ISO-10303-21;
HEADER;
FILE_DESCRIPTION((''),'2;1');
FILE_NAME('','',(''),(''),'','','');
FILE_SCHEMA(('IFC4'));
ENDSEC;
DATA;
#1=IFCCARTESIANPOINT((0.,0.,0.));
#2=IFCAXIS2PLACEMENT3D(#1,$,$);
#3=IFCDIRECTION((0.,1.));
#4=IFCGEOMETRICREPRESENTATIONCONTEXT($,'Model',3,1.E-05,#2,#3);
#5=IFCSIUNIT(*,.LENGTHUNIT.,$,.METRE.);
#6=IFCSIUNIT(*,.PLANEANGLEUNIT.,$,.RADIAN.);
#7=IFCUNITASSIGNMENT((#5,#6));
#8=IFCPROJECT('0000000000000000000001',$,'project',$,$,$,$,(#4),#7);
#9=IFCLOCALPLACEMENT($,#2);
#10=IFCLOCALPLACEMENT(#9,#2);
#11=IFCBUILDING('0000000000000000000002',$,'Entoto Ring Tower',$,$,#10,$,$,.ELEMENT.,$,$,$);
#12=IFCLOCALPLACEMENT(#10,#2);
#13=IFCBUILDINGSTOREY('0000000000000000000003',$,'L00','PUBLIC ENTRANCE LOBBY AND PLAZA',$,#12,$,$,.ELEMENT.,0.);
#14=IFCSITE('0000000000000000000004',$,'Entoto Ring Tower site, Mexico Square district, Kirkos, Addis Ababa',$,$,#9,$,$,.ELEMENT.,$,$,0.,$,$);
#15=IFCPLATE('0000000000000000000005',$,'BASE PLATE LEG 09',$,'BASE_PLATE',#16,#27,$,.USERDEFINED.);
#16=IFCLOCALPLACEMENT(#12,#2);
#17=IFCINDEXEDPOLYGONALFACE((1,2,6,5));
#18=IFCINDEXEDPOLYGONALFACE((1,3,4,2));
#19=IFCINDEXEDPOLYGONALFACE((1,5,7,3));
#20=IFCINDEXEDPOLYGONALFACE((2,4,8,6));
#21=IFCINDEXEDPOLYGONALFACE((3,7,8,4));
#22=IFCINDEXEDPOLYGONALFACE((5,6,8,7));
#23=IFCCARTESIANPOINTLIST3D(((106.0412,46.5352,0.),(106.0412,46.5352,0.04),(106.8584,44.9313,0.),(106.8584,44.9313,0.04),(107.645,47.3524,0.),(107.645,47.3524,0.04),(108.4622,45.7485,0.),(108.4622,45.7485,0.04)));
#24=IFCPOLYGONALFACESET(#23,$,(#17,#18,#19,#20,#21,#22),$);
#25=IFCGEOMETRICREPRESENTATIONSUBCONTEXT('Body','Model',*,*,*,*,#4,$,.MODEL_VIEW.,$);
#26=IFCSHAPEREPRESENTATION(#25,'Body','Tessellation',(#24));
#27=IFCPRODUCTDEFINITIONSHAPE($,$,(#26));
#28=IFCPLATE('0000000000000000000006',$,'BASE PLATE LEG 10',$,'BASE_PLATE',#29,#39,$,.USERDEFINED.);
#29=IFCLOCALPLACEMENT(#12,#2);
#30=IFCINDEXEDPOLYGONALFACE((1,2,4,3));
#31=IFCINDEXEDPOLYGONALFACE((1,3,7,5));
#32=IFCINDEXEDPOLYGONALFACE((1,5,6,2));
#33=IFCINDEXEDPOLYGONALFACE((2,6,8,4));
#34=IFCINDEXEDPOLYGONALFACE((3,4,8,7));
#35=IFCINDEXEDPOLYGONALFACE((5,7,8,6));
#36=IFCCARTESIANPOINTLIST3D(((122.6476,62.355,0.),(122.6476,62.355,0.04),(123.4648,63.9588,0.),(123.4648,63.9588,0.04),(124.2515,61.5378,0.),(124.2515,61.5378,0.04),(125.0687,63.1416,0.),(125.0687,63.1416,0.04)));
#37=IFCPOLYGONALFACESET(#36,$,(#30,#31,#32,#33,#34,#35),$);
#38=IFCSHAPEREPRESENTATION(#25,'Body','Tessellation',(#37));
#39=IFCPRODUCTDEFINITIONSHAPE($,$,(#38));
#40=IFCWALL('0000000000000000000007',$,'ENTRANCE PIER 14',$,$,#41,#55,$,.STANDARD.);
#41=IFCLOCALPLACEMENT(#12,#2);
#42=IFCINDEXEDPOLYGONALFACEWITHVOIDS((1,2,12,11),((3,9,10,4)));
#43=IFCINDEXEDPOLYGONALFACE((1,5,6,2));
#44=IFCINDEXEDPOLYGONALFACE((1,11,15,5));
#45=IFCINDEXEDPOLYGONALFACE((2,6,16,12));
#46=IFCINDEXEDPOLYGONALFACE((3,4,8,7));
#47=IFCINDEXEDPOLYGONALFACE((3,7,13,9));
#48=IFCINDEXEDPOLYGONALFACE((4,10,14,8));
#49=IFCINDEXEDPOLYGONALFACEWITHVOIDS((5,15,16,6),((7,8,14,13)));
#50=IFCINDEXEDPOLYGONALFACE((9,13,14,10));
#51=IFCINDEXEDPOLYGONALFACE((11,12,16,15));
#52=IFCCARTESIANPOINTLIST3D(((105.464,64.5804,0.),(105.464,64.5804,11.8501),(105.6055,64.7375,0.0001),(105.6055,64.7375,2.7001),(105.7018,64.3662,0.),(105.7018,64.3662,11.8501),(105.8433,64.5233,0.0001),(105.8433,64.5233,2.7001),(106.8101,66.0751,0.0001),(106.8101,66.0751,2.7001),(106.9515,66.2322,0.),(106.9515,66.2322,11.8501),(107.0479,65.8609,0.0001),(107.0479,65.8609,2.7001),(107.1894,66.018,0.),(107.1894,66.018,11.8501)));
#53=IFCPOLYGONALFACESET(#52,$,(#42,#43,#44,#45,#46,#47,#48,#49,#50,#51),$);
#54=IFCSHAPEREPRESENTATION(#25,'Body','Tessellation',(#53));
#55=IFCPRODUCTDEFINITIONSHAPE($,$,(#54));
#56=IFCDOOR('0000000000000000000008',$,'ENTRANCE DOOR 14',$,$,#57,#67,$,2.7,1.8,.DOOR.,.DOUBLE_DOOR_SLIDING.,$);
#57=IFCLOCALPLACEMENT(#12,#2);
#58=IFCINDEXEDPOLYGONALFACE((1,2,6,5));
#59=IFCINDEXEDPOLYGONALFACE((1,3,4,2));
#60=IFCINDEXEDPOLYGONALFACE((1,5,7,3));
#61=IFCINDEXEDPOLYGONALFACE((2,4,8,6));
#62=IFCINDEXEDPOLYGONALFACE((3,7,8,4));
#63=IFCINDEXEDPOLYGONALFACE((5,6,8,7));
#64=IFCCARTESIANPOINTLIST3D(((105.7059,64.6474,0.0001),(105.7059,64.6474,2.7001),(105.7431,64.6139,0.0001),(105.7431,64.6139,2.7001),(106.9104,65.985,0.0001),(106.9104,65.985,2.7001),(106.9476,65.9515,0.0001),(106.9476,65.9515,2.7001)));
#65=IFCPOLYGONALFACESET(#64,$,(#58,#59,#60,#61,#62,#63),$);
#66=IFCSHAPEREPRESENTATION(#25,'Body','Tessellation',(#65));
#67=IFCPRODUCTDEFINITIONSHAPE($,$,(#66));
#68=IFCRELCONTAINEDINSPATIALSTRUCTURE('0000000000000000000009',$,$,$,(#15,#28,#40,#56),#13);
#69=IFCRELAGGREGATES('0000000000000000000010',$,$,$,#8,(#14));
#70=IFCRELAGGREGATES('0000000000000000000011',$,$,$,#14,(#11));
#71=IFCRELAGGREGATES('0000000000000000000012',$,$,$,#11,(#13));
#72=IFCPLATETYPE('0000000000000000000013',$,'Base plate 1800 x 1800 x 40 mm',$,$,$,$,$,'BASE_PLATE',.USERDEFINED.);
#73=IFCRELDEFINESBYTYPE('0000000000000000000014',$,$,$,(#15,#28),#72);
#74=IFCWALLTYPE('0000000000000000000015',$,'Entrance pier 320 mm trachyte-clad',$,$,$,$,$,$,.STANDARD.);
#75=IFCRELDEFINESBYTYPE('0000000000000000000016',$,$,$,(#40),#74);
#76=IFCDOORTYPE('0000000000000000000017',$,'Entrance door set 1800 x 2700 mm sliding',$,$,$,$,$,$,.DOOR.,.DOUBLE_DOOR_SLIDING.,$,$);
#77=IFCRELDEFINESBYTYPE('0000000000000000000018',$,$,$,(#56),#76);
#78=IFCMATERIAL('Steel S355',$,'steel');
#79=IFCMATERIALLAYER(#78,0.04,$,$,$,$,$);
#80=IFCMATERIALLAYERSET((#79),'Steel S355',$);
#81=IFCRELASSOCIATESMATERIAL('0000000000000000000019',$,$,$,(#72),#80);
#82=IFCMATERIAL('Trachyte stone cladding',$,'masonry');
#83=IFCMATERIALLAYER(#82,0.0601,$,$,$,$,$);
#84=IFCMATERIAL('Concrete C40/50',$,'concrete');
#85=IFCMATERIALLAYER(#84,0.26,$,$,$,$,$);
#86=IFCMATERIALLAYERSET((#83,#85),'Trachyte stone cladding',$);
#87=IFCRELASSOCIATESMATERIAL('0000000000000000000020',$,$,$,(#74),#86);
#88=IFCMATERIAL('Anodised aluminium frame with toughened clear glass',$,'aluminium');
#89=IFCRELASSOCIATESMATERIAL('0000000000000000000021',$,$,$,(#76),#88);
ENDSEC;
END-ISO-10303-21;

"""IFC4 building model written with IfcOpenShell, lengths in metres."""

from ifc_helpers import new_model, si_unit, direction, frame, frame_2d, origin, origin_2d, place, context, subcontext, project, spatial, rectangle, extrude, material, layer, layer_set, type_object, element, fill, save


model = new_model("IFC4")

# Units and contexts
model_context = context("Model", 3, precision=1e-05, world=origin(), true_north=direction((0.0, 1.0)))
body_context = subcontext(model_context, "Body", "Model", "MODEL_VIEW")
ifc_project = project(units=[si_unit("LENGTHUNIT", "METRE"), si_unit("PLANEANGLEUNIT", "RADIAN")], contexts=[model_context])

# Site, building, storey
site_placement = place(None, origin())
site = spatial("IfcSite", under=ifc_project, at=site_placement, Name="Entoto Ring Tower site, Mexico Square district, Kirkos, Addis Ababa", CompositionType="ELEMENT", RefElevation=0.0)
building_placement = place(site_placement, origin())
building = spatial("IfcBuilding", under=site, at=building_placement, Name="Entoto Ring Tower", CompositionType="ELEMENT")
storey_placement = place(building_placement, origin())
storey = spatial("IfcBuildingStorey", under=building, at=storey_placement, Name="L00", Description="PUBLIC ENTRANCE LOBBY AND PLAZA", CompositionType="ELEMENT", Elevation=0.0)

# Plates
ifc_material_1 = material(Name="Steel S355", Category="steel")
ifc_layer_1 = layer(ifc_material_1, 0.04)
ifc_layer_set_1 = layer_set([ifc_layer_1], Name="Steel S355")
plate_type = type_object("IfcPlateType", Name="Base plate 1800 x 1800 x 40 mm", ElementType="BASE_PLATE", PredefinedType="USERDEFINED", material=ifc_layer_set_1)
for number, where, z_axis, x_axis, name in (
    (1, (107.2517, 46.1418, 0.0), (0.0, 0.0, 1.0), (0.45399, -0.891007, 0.0), "BASE PLATE LEG 09"),
    (2, (123.8582, 62.7483, 0.0), (0.0, 0.0, 1.0), (0.891007, -0.45399, 0.0), "BASE PLATE LEG 10"),
):
    element("IfcPlate", number, at=place(storey_placement, frame(where, z_axis=z_axis, x_axis=x_axis)), inside=storey, type_object=plate_type, Name=name, ObjectType="BASE_PLATE", PredefinedType="USERDEFINED", context=body_context, shape_type="SweptSolid", body=[
        extrude(rectangle(XDim=1.8, YDim=1.8, at=origin_2d()), origin(), (0.0, 0.0, 1.0), 0.04),
    ])

# Wall, opening, door
ifc_material_2 = material(Name="Trachyte stone cladding", Category="masonry")
ifc_layer_2 = layer(ifc_material_2, 0.0601)
ifc_material_3 = material(Name="Concrete C40/50", Category="concrete")
ifc_layer_3 = layer(ifc_material_3, 0.26)
ifc_layer_set_2 = layer_set([ifc_layer_2, ifc_layer_3], Name="Trachyte stone cladding")
wall_type = type_object("IfcWallType", Name="Entrance pier 320 mm trachyte-clad", PredefinedType="STANDARD", material=ifc_layer_set_2)
wall_placement = place(storey_placement, frame((105.583, 64.4734, 0.0), z_axis=(0.0, 0.0, 1.0), x_axis=(0.669183, 0.743098, 0.0)))
wall = element("IfcWall", 3, at=wall_placement, inside=storey, type_object=wall_type, Name="ENTRANCE PIER 14", PredefinedType="STANDARD", context=body_context, shape_type="SweptSolid", body=[
    extrude(rectangle(XDim=2.2229, YDim=0.3201, at=frame_2d((1.1113, 0.0))), origin(), (0.0, 0.0, 1.0), 11.8501),
])
opening_placement = place(wall_placement, frame((0.2114, 0.0, 0.0)))
opening = element("IfcOpeningElement", 4, at=opening_placement, cuts=wall, PredefinedType="OPENING", context=body_context, shape_type="SweptSolid", body=[
    extrude(rectangle(XDim=1.8, YDim=2.7, at=frame_2d((0.8999, 1.3501))), frame((0.0, 0.1699, 0.0), z_axis=(0.0, -1.0, 0.0), x_axis=(1.0, 0.0, 0.0)), (0.0, 0.0, 1.0), 0.3401),
])
ifc_material_4 = material(Name="Anodised aluminium frame with toughened clear glass", Category="aluminium")
door_type = type_object("IfcDoorType", Name="Entrance door set 1800 x 2700 mm sliding", OperationType="DOUBLE_DOOR_SLIDING", PredefinedType="DOOR", material=ifc_material_4)
door_placement = place(opening_placement, frame((1.8, 0.0, 0.0), z_axis=(0.0, 0.0, 1.0), x_axis=(-1.0, 0.0, 0.0)))
door = element("IfcDoor", 5, at=door_placement, inside=storey, type_object=door_type, Name="ENTRANCE DOOR 14", OperationType="DOUBLE_DOOR_SLIDING", OverallHeight=2.7, OverallWidth=1.8, PredefinedType="DOOR", context=body_context, shape_type="SweptSolid", body=[
    extrude(rectangle(XDim=1.8, YDim=2.7, at=frame_2d((0.8999, 1.3501))), frame((0.0, 0.0249, 0.0), z_axis=(0.0, -1.0, 0.0), x_axis=(1.0, 0.0, 0.0)), (0.0, 0.0, 1.0), 0.05),
])
fill(opening, door)

save(model, "model.ifc")
